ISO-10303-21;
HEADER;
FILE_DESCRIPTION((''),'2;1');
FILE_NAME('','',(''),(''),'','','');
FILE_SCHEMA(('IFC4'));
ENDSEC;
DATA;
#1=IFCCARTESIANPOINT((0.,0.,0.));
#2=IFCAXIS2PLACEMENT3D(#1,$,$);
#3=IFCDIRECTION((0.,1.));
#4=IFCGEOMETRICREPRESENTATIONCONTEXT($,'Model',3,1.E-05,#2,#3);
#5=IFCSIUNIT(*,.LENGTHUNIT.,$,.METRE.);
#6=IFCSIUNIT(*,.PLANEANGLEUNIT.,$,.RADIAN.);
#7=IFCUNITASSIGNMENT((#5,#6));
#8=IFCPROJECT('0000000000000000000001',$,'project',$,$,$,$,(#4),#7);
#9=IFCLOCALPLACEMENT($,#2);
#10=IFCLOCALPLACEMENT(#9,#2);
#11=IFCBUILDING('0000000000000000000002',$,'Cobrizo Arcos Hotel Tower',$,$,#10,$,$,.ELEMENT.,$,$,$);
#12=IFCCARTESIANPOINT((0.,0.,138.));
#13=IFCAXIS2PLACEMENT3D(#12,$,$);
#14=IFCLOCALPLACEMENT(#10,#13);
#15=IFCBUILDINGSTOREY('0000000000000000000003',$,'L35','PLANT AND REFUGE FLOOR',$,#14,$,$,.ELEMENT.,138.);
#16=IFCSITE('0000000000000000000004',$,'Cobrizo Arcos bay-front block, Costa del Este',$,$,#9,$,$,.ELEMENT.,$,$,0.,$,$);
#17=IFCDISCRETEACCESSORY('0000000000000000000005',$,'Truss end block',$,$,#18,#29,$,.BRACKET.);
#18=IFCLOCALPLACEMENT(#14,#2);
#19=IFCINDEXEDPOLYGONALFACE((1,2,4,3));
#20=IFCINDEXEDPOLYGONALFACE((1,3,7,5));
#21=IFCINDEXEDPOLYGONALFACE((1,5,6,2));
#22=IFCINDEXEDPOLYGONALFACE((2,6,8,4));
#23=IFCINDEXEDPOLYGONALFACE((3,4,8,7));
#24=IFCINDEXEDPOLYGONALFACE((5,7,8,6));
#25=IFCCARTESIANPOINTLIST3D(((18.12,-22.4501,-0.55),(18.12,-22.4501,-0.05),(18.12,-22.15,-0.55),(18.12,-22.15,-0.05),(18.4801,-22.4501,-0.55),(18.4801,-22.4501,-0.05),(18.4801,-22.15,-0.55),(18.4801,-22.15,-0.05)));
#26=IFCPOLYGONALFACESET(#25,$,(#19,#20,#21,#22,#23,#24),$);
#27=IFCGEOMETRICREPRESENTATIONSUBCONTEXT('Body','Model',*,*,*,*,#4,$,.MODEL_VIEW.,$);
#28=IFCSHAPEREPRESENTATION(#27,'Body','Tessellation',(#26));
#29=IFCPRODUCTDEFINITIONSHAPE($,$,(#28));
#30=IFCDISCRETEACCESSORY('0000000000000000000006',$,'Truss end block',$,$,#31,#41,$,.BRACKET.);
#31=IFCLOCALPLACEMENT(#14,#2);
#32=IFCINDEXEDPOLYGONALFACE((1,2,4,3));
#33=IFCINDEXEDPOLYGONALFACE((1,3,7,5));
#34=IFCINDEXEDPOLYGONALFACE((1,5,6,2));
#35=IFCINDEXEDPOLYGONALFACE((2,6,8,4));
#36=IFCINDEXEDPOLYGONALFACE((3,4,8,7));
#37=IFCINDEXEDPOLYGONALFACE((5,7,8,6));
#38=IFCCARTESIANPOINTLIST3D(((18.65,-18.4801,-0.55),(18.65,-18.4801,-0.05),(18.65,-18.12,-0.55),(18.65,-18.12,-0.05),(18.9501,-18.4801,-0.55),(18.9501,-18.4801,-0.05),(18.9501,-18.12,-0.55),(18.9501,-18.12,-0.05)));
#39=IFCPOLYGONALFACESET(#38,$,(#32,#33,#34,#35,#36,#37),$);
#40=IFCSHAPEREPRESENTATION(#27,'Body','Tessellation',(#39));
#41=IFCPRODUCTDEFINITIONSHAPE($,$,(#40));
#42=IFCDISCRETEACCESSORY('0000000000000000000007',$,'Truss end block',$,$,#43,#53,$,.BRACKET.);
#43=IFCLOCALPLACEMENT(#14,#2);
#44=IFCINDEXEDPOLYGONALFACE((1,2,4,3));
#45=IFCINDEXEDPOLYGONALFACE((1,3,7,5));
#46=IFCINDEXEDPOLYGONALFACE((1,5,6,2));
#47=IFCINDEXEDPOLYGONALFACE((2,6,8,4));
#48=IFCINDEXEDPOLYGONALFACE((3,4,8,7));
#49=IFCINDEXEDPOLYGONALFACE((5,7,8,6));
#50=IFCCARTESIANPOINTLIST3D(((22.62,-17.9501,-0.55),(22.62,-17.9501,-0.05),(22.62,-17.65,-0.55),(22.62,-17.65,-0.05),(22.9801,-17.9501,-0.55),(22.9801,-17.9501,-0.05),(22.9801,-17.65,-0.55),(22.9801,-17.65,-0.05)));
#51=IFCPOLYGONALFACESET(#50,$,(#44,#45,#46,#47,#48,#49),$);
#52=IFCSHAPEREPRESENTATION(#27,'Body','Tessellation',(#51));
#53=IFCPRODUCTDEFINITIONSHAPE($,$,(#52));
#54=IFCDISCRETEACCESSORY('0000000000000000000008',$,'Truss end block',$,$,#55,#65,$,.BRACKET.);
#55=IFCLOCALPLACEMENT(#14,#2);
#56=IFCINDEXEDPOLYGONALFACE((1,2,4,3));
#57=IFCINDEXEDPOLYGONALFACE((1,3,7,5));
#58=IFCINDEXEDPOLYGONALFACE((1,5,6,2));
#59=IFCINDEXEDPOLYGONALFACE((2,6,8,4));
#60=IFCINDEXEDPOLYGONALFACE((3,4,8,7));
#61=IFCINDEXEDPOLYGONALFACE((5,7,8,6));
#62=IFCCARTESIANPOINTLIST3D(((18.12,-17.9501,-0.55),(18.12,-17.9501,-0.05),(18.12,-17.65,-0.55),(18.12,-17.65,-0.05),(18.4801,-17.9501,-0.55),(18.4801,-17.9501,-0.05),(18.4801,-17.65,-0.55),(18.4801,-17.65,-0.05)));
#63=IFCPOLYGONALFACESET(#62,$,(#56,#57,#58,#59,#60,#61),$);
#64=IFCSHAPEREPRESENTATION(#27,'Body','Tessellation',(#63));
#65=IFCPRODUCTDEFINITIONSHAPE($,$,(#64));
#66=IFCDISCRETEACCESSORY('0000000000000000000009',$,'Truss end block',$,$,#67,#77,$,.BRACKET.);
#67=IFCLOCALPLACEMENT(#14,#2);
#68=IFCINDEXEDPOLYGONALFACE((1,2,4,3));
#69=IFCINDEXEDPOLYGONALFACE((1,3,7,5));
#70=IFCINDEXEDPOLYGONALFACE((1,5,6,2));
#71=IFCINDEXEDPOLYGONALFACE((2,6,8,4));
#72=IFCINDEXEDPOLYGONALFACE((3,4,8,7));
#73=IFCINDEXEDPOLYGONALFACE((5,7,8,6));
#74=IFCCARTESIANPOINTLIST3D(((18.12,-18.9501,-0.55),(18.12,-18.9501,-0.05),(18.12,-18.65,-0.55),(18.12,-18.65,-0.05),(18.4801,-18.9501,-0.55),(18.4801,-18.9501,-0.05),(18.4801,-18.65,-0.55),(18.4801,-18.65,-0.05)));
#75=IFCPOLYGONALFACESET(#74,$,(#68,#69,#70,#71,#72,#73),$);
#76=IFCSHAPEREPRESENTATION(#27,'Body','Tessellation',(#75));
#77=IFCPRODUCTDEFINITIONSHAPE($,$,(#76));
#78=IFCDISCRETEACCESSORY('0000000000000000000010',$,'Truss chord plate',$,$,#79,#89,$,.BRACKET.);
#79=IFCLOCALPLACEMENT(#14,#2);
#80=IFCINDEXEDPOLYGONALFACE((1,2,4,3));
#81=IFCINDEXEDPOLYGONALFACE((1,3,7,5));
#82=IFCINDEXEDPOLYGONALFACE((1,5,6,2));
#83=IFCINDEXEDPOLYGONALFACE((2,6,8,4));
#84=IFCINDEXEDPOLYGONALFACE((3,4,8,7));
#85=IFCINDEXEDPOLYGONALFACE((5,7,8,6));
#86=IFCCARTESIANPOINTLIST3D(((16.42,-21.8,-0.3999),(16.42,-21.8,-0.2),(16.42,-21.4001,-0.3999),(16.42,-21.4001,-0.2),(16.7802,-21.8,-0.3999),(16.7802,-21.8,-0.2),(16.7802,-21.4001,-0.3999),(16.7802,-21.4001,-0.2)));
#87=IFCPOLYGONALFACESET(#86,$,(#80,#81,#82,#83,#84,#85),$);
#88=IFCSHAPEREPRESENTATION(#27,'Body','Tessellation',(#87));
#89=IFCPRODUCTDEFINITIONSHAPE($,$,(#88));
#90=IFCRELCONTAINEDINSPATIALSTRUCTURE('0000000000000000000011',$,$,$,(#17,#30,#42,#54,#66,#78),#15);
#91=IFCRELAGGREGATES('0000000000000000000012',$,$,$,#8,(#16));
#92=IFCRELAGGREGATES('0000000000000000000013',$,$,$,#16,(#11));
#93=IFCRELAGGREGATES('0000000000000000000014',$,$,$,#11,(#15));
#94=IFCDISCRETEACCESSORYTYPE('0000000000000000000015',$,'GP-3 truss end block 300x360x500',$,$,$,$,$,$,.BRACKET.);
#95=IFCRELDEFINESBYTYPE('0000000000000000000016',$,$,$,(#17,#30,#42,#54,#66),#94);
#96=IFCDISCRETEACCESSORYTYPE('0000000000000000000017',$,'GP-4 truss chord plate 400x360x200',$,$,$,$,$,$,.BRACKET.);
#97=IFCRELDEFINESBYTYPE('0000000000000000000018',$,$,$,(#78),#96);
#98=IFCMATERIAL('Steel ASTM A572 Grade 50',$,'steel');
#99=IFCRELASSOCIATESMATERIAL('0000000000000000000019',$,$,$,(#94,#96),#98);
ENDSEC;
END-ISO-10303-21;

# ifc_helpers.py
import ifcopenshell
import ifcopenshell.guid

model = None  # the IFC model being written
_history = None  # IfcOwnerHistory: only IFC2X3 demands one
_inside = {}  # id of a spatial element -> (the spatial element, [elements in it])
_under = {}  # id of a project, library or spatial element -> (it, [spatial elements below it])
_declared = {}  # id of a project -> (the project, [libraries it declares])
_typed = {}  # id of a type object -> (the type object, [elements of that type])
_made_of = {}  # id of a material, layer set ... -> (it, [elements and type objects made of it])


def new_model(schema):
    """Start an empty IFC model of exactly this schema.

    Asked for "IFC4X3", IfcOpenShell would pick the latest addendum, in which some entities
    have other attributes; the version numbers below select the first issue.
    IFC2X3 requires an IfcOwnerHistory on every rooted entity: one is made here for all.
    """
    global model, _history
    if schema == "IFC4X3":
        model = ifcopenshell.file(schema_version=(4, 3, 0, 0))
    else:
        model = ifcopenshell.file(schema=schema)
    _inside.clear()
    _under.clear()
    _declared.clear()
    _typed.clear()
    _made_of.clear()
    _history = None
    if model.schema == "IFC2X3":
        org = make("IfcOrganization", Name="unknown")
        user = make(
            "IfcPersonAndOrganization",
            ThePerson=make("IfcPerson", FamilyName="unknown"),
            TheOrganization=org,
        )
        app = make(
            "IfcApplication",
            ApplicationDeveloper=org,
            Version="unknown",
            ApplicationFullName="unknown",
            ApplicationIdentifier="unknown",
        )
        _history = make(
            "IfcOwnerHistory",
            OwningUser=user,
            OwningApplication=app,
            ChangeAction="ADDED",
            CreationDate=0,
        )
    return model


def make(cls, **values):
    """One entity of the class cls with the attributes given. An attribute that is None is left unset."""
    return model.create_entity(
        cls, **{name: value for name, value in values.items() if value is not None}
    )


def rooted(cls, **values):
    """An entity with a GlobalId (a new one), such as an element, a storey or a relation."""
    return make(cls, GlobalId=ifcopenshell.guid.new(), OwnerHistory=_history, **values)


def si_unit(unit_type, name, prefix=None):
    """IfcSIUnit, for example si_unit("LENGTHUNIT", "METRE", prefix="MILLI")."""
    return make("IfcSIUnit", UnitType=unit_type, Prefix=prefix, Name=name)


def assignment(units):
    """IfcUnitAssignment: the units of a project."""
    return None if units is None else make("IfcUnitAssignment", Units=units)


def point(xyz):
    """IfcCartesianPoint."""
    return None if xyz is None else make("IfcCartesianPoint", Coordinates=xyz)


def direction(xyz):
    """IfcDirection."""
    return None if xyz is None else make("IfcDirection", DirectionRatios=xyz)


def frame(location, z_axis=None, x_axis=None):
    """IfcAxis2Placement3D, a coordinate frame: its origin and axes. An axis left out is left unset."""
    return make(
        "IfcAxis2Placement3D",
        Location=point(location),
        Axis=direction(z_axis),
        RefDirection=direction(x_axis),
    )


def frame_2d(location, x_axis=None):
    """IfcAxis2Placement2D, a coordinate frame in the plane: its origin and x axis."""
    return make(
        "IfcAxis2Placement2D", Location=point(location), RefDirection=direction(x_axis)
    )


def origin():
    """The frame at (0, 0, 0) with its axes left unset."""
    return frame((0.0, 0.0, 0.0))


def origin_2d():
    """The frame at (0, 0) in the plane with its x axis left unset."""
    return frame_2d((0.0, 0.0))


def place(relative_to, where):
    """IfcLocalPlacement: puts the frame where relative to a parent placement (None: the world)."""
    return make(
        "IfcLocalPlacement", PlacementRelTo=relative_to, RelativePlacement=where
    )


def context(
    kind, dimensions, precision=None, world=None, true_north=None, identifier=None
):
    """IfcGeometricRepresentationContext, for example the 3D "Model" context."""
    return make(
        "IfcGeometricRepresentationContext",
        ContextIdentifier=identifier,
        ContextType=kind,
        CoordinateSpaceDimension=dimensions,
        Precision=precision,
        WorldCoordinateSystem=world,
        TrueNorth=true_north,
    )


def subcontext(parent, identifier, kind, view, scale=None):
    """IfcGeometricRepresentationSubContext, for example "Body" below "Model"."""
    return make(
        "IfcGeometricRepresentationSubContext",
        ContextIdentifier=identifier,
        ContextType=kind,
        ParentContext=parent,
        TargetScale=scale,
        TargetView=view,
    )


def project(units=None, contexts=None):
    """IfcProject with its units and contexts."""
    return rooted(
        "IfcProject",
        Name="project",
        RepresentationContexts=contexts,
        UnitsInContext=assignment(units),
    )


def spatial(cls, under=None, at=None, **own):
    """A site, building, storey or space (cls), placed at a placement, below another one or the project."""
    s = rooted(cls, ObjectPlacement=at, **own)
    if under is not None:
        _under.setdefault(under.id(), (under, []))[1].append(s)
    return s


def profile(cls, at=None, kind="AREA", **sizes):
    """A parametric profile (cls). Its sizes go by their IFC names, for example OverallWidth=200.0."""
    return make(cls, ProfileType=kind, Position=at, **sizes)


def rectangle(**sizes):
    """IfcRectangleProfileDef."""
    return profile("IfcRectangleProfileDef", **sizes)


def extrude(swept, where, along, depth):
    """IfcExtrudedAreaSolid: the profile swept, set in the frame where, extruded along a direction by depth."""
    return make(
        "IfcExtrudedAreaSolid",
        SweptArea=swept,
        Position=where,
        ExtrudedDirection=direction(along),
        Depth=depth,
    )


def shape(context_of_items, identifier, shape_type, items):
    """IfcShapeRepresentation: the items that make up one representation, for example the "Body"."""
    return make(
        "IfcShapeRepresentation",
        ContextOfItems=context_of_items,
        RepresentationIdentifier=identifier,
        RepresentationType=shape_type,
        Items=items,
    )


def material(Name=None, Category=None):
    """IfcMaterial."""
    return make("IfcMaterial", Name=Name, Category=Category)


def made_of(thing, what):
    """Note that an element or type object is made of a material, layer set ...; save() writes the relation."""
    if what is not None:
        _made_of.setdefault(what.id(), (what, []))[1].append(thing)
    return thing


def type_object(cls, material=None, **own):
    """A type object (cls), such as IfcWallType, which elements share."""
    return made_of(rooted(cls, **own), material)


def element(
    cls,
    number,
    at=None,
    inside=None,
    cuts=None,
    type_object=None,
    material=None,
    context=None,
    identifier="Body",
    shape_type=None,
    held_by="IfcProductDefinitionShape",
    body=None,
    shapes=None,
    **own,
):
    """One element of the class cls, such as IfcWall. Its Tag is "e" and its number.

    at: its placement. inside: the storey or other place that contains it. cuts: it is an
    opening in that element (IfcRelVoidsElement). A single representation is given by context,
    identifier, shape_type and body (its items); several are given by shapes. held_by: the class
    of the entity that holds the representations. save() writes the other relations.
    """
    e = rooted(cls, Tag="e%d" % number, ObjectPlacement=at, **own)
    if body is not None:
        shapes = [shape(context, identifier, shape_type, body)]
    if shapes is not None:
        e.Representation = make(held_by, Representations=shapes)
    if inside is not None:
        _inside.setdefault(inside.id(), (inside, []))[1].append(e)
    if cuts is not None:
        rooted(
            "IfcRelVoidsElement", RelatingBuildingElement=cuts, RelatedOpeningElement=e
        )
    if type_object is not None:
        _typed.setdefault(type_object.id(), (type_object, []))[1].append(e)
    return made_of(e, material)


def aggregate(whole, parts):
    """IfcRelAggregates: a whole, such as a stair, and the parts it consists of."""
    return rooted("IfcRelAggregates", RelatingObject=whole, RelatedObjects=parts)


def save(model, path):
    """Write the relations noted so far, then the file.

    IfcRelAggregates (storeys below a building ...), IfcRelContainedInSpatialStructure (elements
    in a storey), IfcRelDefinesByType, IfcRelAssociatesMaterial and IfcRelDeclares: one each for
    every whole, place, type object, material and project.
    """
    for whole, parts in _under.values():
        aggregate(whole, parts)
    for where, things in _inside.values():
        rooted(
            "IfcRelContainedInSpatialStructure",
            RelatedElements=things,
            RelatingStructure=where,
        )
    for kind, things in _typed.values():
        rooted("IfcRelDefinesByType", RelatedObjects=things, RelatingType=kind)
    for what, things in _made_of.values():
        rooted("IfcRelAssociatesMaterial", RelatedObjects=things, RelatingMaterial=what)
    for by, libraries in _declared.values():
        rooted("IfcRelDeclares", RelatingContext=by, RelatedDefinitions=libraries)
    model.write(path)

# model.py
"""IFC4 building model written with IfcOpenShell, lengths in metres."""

from ifc_helpers import new_model, si_unit, direction, frame, origin, origin_2d, place, context, subcontext, project, spatial, rectangle, extrude, material, type_object, element, save


model = new_model("IFC4")

# Units and contexts
model_context = context("Model", 3, precision=1e-05, world=origin(), true_north=direction((0.0, 1.0)))
body_context = subcontext(model_context, "Body", "Model", "MODEL_VIEW")
ifc_project = project(units=[si_unit("LENGTHUNIT", "METRE"), si_unit("PLANEANGLEUNIT", "RADIAN")], contexts=[model_context])

# Site, building, storey
site_placement = place(None, origin())
site = spatial("IfcSite", under=ifc_project, at=site_placement, Name="Cobrizo Arcos bay-front block, Costa del Este", CompositionType="ELEMENT", RefElevation=0.0)
building_placement = place(site_placement, origin())
building = spatial("IfcBuilding", under=site, at=building_placement, Name="Cobrizo Arcos Hotel Tower", CompositionType="ELEMENT")
storey_placement = place(building_placement, frame((0.0, 0.0, 138.0)))
storey = spatial("IfcBuildingStorey", under=building, at=storey_placement, Name="L35", Description="PLANT AND REFUGE FLOOR", CompositionType="ELEMENT", Elevation=138.0)

# Shared definitions
ifc_material_1 = material(Name="Steel ASTM A572 Grade 50", Category="steel")

# Discrete accessories
discrete_accessory_type_1 = type_object("IfcDiscreteAccessoryType", Name="GP-3 truss end block 300x360x500", PredefinedType="BRACKET", material=ifc_material_1)
for number, where, z_axis, x_axis, name in (
    (1, (18.3, -22.3, -0.55), (0.0, 0.0, 1.0), (0.0, 1.0, 0.0), "Truss end block"),
    (2, (18.8, -18.3, -0.55), (0.0, 0.0, 1.0), (1.0, 0.0, 0.0), "Truss end block"),
    (3, (22.8, -17.8, -0.55), (0.0, 0.0, 1.0), (0.0, 1.0, 0.0), "Truss end block"),
    (4, (18.3, -17.8, -0.55), (0.0, 0.0, 1.0), (0.0, 1.0, 0.0), "Truss end block"),
    (5, (18.3, -18.8, -0.55), (0.0, 0.0, 1.0), (0.0, -1.0, 0.0), "Truss end block"),
):
    element("IfcDiscreteAccessory", number, at=place(storey_placement, frame(where, z_axis=z_axis, x_axis=x_axis)), inside=storey, type_object=discrete_accessory_type_1, Name=name, PredefinedType="BRACKET", context=body_context, shape_type="SweptSolid", body=[
        extrude(rectangle(XDim=0.3, YDim=0.3601, at=origin_2d()), origin(), (0.0, 0.0, 1.0), 0.5),
    ])
discrete_accessory_type_2 = type_object("IfcDiscreteAccessoryType", Name="GP-4 truss chord plate 400x360x200", PredefinedType="BRACKET", material=ifc_material_1)
discrete_accessory_placement = place(storey_placement, frame((16.6001, -21.6001, -0.3999), z_axis=(0.0, 0.0, 1.0), x_axis=(0.0, 1.0, 0.0)))
element("IfcDiscreteAccessory", 6, at=discrete_accessory_placement, inside=storey, type_object=discrete_accessory_type_2, Name="Truss chord plate", PredefinedType="BRACKET", context=body_context, shape_type="SweptSolid", body=[
    extrude(rectangle(XDim=0.3999, YDim=0.3601, at=origin_2d()), origin(), (0.0, 0.0, 1.0), 0.2),
])

save(model, "model.ifc")
